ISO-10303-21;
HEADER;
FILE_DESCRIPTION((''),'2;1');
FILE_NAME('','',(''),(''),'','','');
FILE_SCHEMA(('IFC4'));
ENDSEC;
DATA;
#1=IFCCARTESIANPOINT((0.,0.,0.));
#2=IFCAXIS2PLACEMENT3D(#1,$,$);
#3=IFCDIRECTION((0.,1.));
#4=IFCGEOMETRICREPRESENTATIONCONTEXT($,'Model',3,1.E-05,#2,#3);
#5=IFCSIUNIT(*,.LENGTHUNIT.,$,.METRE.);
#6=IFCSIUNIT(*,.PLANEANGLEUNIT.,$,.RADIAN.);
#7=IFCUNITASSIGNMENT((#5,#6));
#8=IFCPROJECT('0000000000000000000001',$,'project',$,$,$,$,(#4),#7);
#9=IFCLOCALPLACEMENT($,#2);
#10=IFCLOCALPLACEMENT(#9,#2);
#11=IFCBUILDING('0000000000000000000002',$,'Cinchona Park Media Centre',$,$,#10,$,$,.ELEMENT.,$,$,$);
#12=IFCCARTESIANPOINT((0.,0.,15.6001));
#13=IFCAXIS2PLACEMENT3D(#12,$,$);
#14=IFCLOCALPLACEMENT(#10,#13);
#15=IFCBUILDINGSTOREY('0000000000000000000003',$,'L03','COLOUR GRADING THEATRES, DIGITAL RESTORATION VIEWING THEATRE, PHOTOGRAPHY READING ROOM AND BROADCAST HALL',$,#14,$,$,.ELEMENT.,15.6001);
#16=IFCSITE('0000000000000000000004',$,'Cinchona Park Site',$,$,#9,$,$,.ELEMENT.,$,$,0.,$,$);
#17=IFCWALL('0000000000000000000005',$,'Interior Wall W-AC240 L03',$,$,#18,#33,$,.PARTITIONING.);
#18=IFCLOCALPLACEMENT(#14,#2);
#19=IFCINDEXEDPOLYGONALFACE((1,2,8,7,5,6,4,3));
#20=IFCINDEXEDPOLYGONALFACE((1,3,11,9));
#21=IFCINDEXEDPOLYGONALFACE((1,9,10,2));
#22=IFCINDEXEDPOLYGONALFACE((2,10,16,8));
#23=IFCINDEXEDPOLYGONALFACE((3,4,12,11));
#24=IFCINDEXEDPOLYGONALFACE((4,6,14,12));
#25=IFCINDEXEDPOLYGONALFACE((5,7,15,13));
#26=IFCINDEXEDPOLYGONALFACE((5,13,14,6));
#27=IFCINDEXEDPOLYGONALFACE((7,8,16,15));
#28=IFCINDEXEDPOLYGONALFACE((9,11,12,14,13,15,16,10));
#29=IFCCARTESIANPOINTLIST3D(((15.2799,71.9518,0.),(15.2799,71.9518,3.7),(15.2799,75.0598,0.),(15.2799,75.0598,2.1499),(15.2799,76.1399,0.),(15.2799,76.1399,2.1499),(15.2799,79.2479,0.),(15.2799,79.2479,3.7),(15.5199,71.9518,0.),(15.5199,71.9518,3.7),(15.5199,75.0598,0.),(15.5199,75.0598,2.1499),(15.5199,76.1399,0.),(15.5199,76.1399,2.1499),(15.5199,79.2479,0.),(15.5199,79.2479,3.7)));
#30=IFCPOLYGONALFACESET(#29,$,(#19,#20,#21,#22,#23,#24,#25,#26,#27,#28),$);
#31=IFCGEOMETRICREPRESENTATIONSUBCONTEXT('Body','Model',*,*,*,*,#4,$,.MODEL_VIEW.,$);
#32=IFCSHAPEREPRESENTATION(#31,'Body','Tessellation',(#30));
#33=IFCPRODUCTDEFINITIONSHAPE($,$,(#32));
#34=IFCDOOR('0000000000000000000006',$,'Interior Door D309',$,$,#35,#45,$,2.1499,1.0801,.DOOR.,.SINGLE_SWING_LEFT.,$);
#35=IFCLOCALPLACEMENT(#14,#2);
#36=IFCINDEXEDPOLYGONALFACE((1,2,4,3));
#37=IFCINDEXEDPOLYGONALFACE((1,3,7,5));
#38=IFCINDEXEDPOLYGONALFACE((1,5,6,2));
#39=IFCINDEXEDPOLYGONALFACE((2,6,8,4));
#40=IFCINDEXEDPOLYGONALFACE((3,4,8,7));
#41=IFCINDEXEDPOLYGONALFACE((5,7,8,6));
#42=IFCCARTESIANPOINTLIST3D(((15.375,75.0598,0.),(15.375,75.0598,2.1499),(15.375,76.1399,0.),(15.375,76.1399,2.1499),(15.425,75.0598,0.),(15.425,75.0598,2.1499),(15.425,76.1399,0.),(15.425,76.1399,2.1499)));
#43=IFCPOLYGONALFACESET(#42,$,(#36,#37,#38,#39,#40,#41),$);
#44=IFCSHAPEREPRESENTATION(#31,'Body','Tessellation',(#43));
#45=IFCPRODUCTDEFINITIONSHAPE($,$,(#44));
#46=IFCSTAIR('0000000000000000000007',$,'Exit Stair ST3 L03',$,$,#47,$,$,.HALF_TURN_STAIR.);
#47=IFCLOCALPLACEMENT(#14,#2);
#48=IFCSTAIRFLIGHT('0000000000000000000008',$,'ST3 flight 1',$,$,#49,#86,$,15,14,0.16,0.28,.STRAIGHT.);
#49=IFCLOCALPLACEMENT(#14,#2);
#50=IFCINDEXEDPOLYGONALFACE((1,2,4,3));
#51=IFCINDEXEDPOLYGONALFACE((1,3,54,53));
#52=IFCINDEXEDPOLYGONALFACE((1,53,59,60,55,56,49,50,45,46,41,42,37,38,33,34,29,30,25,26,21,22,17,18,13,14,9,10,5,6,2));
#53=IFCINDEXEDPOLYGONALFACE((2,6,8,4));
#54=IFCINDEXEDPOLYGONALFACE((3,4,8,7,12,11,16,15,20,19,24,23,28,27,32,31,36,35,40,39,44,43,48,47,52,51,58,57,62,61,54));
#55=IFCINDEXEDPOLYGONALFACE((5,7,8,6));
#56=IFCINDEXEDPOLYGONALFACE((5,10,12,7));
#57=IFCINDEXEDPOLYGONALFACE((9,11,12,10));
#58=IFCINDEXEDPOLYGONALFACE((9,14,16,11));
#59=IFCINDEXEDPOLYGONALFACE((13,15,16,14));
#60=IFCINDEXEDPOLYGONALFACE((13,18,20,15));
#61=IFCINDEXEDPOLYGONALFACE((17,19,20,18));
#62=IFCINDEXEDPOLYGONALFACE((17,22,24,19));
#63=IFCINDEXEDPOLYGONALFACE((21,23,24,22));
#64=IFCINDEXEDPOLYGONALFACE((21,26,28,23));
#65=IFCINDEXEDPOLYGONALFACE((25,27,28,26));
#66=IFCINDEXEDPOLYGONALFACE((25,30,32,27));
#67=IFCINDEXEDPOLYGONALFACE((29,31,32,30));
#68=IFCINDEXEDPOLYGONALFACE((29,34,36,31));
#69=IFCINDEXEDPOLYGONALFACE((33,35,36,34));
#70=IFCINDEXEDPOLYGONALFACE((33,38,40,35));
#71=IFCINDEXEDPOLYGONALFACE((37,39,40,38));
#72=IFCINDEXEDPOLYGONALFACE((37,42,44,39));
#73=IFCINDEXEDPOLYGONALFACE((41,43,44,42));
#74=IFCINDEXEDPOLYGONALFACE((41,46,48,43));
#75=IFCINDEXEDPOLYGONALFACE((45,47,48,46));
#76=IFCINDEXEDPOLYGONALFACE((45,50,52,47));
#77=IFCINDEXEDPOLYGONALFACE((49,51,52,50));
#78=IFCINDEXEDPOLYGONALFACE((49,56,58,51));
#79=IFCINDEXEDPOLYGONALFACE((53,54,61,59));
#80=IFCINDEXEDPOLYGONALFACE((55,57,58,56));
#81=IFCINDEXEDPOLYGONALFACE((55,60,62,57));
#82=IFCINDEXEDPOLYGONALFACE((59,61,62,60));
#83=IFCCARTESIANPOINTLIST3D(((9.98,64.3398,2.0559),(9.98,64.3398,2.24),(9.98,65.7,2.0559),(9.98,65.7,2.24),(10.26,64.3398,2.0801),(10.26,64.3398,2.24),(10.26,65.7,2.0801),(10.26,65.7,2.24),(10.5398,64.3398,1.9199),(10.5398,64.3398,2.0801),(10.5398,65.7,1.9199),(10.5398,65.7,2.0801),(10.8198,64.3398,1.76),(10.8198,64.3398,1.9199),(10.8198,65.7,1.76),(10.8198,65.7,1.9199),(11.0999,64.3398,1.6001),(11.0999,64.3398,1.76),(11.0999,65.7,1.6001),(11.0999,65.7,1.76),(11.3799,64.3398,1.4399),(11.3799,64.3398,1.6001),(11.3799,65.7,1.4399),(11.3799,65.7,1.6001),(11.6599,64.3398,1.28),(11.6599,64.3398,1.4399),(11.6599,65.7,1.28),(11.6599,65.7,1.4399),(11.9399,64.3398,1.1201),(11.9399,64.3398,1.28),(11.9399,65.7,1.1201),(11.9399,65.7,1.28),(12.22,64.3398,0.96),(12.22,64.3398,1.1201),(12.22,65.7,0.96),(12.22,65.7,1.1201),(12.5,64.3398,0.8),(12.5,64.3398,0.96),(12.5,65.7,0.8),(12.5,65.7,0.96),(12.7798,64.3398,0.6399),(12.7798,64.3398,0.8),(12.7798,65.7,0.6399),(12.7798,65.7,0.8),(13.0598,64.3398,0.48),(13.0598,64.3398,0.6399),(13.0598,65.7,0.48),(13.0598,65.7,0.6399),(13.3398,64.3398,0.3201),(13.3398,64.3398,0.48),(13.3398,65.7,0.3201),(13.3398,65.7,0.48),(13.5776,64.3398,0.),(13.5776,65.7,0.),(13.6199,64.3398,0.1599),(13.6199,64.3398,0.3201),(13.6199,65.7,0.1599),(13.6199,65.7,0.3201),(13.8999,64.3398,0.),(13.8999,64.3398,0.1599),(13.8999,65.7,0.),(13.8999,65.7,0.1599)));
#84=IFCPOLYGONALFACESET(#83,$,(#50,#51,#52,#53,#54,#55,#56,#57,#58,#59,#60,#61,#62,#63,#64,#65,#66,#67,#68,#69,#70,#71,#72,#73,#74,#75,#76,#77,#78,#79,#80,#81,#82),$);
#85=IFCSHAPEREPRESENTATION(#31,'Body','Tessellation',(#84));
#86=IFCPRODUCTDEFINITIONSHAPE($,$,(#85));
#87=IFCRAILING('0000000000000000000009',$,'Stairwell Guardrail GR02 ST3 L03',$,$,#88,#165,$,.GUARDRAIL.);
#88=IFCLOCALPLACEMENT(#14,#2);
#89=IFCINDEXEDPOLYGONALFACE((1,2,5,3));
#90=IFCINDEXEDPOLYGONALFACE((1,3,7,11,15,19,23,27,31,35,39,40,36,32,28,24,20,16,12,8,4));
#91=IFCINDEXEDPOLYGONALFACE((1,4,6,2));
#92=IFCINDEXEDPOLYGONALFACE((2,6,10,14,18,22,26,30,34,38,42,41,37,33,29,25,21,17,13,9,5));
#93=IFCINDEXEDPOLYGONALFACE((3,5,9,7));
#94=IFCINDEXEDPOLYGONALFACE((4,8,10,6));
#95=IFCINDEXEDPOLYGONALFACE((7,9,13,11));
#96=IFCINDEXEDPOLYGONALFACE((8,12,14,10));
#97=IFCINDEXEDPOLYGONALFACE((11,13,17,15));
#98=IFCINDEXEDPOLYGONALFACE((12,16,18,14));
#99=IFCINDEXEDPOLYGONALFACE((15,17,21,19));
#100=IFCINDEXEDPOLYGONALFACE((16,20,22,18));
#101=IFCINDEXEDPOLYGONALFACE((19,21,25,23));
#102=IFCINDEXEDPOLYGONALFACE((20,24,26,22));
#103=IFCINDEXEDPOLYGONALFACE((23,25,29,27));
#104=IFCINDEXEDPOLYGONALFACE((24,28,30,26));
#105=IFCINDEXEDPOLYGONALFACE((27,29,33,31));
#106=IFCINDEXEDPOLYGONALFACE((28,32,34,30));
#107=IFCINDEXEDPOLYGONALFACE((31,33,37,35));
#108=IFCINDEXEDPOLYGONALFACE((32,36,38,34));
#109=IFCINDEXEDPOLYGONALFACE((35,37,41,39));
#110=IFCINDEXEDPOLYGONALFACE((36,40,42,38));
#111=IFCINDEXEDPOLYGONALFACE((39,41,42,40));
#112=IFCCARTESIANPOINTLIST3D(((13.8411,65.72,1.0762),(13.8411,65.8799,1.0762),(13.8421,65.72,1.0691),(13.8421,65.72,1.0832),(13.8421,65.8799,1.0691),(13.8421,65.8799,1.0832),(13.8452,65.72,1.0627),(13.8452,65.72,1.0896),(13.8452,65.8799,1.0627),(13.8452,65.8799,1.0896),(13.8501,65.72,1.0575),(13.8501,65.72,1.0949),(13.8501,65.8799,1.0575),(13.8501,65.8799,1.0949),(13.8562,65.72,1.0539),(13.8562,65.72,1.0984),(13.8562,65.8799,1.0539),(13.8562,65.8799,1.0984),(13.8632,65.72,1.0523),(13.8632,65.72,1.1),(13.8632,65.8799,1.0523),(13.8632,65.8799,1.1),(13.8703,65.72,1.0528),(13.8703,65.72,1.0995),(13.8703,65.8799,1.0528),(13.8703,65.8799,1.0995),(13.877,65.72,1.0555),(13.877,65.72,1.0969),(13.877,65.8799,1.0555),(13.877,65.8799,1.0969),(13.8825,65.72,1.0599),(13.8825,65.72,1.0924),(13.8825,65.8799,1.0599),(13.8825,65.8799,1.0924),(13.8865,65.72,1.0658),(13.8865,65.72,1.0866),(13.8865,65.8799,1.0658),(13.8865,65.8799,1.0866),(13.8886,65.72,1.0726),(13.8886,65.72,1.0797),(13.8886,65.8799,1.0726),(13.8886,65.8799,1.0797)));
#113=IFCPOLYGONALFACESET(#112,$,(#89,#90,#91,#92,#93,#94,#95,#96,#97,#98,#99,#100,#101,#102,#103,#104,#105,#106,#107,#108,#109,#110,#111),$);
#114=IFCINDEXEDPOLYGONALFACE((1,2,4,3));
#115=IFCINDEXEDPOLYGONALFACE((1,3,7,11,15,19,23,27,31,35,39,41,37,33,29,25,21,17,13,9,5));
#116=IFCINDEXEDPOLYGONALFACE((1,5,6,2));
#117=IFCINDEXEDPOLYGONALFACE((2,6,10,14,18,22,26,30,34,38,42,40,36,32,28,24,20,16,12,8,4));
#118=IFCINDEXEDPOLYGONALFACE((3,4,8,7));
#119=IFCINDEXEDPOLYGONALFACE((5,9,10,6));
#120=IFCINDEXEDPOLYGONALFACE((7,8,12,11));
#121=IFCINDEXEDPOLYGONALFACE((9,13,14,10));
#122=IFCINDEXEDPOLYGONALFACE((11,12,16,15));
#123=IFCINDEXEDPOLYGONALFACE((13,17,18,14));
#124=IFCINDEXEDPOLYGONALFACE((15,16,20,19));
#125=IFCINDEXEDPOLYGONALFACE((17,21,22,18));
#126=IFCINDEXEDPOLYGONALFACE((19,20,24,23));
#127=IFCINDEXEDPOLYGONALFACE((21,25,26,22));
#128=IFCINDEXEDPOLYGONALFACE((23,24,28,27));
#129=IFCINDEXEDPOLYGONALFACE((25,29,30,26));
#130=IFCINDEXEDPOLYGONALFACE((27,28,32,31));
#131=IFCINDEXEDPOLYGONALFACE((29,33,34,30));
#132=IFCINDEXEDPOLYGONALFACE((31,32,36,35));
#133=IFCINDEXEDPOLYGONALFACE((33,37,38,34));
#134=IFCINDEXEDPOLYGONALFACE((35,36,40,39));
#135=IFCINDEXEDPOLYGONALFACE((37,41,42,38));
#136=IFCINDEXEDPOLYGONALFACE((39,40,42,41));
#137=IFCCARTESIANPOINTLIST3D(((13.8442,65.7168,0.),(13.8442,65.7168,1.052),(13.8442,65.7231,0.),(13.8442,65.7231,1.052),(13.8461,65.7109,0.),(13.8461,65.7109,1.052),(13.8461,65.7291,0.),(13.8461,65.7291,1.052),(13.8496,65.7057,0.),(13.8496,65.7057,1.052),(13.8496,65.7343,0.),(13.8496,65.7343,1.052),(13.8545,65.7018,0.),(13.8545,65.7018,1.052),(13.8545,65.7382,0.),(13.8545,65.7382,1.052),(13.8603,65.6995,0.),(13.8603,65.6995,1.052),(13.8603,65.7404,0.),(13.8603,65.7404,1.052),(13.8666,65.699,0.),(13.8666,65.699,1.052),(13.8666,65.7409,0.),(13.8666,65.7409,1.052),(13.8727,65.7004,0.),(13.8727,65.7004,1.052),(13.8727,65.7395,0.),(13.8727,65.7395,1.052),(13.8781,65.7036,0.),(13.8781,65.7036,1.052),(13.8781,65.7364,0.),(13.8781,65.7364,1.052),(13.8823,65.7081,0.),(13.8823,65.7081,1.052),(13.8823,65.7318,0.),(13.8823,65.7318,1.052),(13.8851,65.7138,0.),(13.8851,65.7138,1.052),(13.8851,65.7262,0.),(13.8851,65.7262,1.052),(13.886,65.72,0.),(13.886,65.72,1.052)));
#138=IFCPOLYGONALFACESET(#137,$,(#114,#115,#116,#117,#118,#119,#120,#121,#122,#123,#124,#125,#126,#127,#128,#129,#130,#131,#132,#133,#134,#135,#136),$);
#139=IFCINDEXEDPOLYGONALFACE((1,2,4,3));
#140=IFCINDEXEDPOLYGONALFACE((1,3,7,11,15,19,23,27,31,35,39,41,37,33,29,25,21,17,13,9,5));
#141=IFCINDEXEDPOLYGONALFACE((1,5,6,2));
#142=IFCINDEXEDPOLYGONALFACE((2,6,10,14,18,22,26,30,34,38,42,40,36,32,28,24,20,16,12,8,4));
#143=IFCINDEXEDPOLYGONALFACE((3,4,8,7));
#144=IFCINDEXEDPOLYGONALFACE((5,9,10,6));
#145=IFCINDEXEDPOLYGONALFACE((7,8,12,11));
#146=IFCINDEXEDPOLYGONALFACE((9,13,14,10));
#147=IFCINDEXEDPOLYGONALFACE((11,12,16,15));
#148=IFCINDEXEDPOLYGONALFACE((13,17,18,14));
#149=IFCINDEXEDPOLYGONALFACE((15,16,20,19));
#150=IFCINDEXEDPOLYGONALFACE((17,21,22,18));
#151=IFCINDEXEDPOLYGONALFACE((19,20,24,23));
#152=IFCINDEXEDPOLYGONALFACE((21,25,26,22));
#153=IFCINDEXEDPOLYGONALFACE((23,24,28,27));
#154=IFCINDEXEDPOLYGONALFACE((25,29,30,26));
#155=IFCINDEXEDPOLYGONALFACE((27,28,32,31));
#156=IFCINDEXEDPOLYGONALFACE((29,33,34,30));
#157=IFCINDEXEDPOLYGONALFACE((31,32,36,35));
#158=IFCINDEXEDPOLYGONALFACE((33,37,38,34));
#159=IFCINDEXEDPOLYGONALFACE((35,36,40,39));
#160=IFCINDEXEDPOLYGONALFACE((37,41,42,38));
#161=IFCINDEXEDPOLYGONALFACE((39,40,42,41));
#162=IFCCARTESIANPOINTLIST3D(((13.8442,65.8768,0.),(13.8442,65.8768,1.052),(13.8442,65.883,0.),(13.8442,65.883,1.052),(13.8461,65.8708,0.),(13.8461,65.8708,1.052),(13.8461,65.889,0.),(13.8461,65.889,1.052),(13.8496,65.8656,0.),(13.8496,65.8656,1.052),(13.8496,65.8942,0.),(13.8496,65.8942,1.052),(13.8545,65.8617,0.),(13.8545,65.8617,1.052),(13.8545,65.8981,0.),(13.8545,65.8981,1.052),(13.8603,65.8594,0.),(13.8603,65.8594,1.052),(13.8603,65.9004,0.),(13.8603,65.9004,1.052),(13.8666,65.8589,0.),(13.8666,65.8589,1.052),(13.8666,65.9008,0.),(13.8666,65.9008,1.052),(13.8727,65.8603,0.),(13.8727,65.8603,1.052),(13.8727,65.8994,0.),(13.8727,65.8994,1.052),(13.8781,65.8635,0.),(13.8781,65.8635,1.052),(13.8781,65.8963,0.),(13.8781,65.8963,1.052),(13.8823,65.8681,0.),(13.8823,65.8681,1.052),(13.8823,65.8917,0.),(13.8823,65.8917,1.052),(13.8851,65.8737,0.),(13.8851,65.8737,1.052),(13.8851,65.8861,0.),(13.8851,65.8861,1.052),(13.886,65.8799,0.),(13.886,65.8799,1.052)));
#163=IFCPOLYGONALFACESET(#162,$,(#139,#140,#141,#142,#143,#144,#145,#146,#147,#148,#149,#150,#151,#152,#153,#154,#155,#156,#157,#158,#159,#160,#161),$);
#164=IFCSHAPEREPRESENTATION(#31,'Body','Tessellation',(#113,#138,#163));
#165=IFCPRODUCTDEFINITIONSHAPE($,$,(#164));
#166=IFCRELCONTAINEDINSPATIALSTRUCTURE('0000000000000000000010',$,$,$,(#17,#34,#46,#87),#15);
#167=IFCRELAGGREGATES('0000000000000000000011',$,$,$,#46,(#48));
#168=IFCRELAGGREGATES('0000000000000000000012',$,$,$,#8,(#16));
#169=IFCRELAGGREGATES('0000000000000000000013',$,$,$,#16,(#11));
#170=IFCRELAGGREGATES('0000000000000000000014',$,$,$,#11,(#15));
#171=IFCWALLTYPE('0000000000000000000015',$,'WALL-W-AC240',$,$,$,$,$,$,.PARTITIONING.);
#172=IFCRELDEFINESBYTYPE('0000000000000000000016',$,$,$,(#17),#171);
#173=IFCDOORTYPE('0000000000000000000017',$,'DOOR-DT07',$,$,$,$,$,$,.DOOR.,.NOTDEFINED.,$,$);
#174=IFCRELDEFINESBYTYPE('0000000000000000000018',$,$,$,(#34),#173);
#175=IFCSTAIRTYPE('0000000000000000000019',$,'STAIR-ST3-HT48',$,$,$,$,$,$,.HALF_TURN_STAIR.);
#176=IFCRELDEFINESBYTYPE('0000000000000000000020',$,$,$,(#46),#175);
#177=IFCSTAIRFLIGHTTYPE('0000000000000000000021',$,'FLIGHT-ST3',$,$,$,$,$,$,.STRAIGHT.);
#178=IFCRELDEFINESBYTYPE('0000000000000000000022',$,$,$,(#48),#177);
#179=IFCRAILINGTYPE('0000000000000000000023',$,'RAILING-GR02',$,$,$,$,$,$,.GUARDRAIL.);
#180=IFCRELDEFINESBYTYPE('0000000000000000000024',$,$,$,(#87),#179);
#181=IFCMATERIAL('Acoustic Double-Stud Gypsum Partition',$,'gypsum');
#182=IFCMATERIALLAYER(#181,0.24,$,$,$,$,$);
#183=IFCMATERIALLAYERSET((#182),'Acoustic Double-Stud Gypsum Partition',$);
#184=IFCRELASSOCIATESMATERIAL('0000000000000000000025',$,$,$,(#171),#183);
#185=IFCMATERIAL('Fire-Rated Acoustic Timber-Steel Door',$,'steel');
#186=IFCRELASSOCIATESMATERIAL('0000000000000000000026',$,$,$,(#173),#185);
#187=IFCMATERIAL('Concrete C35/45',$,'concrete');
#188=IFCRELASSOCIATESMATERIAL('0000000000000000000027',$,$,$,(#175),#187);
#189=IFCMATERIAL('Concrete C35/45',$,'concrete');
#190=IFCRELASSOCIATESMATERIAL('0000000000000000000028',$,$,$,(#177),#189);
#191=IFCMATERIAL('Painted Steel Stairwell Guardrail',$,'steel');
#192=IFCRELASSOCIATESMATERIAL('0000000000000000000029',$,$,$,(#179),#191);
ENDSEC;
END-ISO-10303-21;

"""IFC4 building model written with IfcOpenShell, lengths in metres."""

from ifc_helpers import new_model, si_unit, direction, frame, frame_2d, origin, origin_2d, place, context, subcontext, project, spatial, polyline, rectangle, circle, outline, extrude, material, layer, layer_set, type_object, element, fill, aggregate, save


model = new_model("IFC4")

# Units and contexts
model_context = context("Model", 3, precision=1e-05, world=origin(), true_north=direction((0.0, 1.0)))
body_context = subcontext(model_context, "Body", "Model", "MODEL_VIEW")
ifc_project = project(units=[si_unit("LENGTHUNIT", "METRE"), si_unit("PLANEANGLEUNIT", "RADIAN")], contexts=[model_context])

# Site, building, storey
site_placement = place(None, origin())
site = spatial("IfcSite", under=ifc_project, at=site_placement, Name="Cinchona Park Site", CompositionType="ELEMENT", RefElevation=0.0)
building_placement = place(site_placement, origin())
building = spatial("IfcBuilding", under=site, at=building_placement, Name="Cinchona Park Media Centre", CompositionType="ELEMENT")
storey_placement = place(building_placement, frame((0.0, 0.0, 15.6001)))
storey = spatial("IfcBuildingStorey", under=building, at=storey_placement, Name="L03", Description="COLOUR GRADING THEATRES, DIGITAL RESTORATION VIEWING THEATRE, PHOTOGRAPHY READING ROOM AND BROADCAST HALL", CompositionType="ELEMENT", Elevation=15.6001)

# Wall, opening, door
ifc_material_1 = material(Name="Acoustic Double-Stud Gypsum Partition", Category="gypsum")
ifc_layer_1 = layer(ifc_material_1, 0.24)
ifc_layer_set_1 = layer_set([ifc_layer_1], Name="Acoustic Double-Stud Gypsum Partition")
wall_type_1 = type_object("IfcWallType", Name="WALL-W-AC240", PredefinedType="PARTITIONING", material=ifc_layer_set_1)
wall_1_placement = place(storey_placement, frame((15.3999, 71.9519, 0.0), z_axis=(0.0, 0.0, 1.0), x_axis=(0.0, 1.0, 0.0)))
wall_1 = element("IfcWall", 1, at=wall_1_placement, inside=storey, type_object=wall_type_1, Name="Interior Wall W-AC240 L03", PredefinedType="PARTITIONING", context=body_context, shape_type="SweptSolid", body=[
    extrude(rectangle(XDim=7.2961, YDim=0.24, at=frame_2d((3.6479, 0.0))), origin(), (0.0, 0.0, 1.0), 3.7),
])
opening_1_placement = place(wall_1_placement, frame((3.1079, 0.0, 0.0)))
opening_1 = element("IfcOpeningElement", 2, at=opening_1_placement, cuts=wall_1, PredefinedType="OPENING", context=body_context, shape_type="SweptSolid", body=[
    extrude(rectangle(XDim=1.0801, YDim=2.1499, at=frame_2d((0.54, 1.075))), frame((0.0, 0.1299, 0.0), z_axis=(0.0, -1.0, 0.0), x_axis=(1.0, 0.0, 0.0)), (0.0, 0.0, 1.0), 0.26),
])
ifc_material_2 = material(Name="Fire-Rated Acoustic Timber-Steel Door", Category="steel")
door_type_1 = type_object("IfcDoorType", Name="DOOR-DT07", OperationType="NOTDEFINED", PredefinedType="DOOR", material=ifc_material_2)
door_1_placement = place(opening_1_placement, origin())
door_1 = element("IfcDoor", 3, at=door_1_placement, inside=storey, type_object=door_type_1, Name="Interior Door D309", OperationType="SINGLE_SWING_LEFT", OverallHeight=2.1499, OverallWidth=1.0801, PredefinedType="DOOR", context=body_context, shape_type="SweptSolid", body=[
    extrude(rectangle(XDim=1.0801, YDim=2.1499, at=frame_2d((0.54, 1.075))), frame((0.0, 0.0249, 0.0), z_axis=(0.0, -1.0, 0.0), x_axis=(1.0, 0.0, 0.0)), (0.0, 0.0, 1.0), 0.05),
])
fill(opening_1, door_1)

# Stair, stair flight
ifc_material_3 = material(Name="Concrete C35/45", Category="concrete")
stair_type = type_object("IfcStairType", Name="STAIR-ST3-HT48", PredefinedType="HALF_TURN_STAIR", material=ifc_material_3)
stair_placement = place(storey_placement, origin())
stair = element("IfcStair", 4, at=stair_placement, inside=storey, type_object=stair_type, Name="Exit Stair ST3 L03", PredefinedType="HALF_TURN_STAIR")
ifc_material_4 = material(Name="Concrete C35/45", Category="concrete")
stair_flight_type = type_object("IfcStairFlightType", Name="FLIGHT-ST3", PredefinedType="STRAIGHT", material=ifc_material_4)
stair_flight_placement = place(storey_placement, frame((13.8999, 65.02, 0.0), z_axis=(0.0, 0.0, 1.0), x_axis=(-1.0, 0.0, 0.0)))
stair_flight = element("IfcStairFlight", 5, at=stair_flight_placement, type_object=stair_flight_type, Name="ST3 flight 1", NumberOfRisers=15, NumberOfTreads=14, PredefinedType="STRAIGHT", RiserHeight=0.16, TreadLength=0.28, context=body_context, shape_type="SweptSolid", body=[
    extrude(outline(polyline([(0.0, 0.0), (0.0, 0.1599), (0.28, 0.1599), (0.28, 0.3201), (0.5601, 0.3201), (0.5601, 0.48), (0.8401, 0.48), (0.8401, 0.6399), (1.1201, 0.6399), (1.1201, 0.8), (1.3999, 0.8), (1.3999, 0.96), (1.6799, 0.96), (1.6799, 1.1201), (1.96, 1.1201), (1.96, 1.28), (2.24, 1.28), (2.24, 1.4399), (2.52, 1.4399), (2.52, 1.6001), (2.8, 1.6001), (2.8, 1.76), (3.0801, 1.76), (3.0801, 1.9199), (3.3601, 1.9199), (3.3601, 2.0801), (3.6399, 2.0801), (3.6399, 2.24), (3.9199, 2.24), (3.9199, 2.3999), (3.9199, 2.0559), (0.3223, 0.0), (0.0, 0.0)])), frame((0.0, 0.6802, 0.0), z_axis=(0.0, -1.0, 0.0), x_axis=(1.0, 0.0, 0.0)), (0.0, 0.0, 1.0), 1.3601),
])
aggregate(stair, [stair_flight])

# Railing
ifc_material_5 = material(Name="Painted Steel Stairwell Guardrail", Category="steel")
railing_type_1 = type_object("IfcRailingType", Name="RAILING-GR02", PredefinedType="GUARDRAIL", material=ifc_material_5)
railing_1_placement = place(storey_placement, frame((13.865, 65.72, 0.0)))
element("IfcRailing", 6, at=railing_1_placement, inside=storey, type_object=railing_type_1, Name="Stairwell Guardrail GR02 ST3 L03", PredefinedType="GUARDRAIL", context=body_context, shape_type="SweptSolid", body=[
    extrude(circle(Radius=0.0239, at=origin_2d()), frame((0.0, 0.0, 1.0762), z_axis=(0.0, 1.0, 0.0), x_axis=(-1.0, 0.0, 0.0)), (0.0, 0.0, 1.0), 0.1599),
    extrude(circle(Radius=0.021, at=origin_2d()), origin(), (0.0, 0.0, 1.0), 1.052),
    extrude(circle(Radius=0.021, at=origin_2d()), frame((0.0, 0.1599, 0.0)), (0.0, 0.0, 1.0), 1.052),
])

save(model, "model.ifc")
